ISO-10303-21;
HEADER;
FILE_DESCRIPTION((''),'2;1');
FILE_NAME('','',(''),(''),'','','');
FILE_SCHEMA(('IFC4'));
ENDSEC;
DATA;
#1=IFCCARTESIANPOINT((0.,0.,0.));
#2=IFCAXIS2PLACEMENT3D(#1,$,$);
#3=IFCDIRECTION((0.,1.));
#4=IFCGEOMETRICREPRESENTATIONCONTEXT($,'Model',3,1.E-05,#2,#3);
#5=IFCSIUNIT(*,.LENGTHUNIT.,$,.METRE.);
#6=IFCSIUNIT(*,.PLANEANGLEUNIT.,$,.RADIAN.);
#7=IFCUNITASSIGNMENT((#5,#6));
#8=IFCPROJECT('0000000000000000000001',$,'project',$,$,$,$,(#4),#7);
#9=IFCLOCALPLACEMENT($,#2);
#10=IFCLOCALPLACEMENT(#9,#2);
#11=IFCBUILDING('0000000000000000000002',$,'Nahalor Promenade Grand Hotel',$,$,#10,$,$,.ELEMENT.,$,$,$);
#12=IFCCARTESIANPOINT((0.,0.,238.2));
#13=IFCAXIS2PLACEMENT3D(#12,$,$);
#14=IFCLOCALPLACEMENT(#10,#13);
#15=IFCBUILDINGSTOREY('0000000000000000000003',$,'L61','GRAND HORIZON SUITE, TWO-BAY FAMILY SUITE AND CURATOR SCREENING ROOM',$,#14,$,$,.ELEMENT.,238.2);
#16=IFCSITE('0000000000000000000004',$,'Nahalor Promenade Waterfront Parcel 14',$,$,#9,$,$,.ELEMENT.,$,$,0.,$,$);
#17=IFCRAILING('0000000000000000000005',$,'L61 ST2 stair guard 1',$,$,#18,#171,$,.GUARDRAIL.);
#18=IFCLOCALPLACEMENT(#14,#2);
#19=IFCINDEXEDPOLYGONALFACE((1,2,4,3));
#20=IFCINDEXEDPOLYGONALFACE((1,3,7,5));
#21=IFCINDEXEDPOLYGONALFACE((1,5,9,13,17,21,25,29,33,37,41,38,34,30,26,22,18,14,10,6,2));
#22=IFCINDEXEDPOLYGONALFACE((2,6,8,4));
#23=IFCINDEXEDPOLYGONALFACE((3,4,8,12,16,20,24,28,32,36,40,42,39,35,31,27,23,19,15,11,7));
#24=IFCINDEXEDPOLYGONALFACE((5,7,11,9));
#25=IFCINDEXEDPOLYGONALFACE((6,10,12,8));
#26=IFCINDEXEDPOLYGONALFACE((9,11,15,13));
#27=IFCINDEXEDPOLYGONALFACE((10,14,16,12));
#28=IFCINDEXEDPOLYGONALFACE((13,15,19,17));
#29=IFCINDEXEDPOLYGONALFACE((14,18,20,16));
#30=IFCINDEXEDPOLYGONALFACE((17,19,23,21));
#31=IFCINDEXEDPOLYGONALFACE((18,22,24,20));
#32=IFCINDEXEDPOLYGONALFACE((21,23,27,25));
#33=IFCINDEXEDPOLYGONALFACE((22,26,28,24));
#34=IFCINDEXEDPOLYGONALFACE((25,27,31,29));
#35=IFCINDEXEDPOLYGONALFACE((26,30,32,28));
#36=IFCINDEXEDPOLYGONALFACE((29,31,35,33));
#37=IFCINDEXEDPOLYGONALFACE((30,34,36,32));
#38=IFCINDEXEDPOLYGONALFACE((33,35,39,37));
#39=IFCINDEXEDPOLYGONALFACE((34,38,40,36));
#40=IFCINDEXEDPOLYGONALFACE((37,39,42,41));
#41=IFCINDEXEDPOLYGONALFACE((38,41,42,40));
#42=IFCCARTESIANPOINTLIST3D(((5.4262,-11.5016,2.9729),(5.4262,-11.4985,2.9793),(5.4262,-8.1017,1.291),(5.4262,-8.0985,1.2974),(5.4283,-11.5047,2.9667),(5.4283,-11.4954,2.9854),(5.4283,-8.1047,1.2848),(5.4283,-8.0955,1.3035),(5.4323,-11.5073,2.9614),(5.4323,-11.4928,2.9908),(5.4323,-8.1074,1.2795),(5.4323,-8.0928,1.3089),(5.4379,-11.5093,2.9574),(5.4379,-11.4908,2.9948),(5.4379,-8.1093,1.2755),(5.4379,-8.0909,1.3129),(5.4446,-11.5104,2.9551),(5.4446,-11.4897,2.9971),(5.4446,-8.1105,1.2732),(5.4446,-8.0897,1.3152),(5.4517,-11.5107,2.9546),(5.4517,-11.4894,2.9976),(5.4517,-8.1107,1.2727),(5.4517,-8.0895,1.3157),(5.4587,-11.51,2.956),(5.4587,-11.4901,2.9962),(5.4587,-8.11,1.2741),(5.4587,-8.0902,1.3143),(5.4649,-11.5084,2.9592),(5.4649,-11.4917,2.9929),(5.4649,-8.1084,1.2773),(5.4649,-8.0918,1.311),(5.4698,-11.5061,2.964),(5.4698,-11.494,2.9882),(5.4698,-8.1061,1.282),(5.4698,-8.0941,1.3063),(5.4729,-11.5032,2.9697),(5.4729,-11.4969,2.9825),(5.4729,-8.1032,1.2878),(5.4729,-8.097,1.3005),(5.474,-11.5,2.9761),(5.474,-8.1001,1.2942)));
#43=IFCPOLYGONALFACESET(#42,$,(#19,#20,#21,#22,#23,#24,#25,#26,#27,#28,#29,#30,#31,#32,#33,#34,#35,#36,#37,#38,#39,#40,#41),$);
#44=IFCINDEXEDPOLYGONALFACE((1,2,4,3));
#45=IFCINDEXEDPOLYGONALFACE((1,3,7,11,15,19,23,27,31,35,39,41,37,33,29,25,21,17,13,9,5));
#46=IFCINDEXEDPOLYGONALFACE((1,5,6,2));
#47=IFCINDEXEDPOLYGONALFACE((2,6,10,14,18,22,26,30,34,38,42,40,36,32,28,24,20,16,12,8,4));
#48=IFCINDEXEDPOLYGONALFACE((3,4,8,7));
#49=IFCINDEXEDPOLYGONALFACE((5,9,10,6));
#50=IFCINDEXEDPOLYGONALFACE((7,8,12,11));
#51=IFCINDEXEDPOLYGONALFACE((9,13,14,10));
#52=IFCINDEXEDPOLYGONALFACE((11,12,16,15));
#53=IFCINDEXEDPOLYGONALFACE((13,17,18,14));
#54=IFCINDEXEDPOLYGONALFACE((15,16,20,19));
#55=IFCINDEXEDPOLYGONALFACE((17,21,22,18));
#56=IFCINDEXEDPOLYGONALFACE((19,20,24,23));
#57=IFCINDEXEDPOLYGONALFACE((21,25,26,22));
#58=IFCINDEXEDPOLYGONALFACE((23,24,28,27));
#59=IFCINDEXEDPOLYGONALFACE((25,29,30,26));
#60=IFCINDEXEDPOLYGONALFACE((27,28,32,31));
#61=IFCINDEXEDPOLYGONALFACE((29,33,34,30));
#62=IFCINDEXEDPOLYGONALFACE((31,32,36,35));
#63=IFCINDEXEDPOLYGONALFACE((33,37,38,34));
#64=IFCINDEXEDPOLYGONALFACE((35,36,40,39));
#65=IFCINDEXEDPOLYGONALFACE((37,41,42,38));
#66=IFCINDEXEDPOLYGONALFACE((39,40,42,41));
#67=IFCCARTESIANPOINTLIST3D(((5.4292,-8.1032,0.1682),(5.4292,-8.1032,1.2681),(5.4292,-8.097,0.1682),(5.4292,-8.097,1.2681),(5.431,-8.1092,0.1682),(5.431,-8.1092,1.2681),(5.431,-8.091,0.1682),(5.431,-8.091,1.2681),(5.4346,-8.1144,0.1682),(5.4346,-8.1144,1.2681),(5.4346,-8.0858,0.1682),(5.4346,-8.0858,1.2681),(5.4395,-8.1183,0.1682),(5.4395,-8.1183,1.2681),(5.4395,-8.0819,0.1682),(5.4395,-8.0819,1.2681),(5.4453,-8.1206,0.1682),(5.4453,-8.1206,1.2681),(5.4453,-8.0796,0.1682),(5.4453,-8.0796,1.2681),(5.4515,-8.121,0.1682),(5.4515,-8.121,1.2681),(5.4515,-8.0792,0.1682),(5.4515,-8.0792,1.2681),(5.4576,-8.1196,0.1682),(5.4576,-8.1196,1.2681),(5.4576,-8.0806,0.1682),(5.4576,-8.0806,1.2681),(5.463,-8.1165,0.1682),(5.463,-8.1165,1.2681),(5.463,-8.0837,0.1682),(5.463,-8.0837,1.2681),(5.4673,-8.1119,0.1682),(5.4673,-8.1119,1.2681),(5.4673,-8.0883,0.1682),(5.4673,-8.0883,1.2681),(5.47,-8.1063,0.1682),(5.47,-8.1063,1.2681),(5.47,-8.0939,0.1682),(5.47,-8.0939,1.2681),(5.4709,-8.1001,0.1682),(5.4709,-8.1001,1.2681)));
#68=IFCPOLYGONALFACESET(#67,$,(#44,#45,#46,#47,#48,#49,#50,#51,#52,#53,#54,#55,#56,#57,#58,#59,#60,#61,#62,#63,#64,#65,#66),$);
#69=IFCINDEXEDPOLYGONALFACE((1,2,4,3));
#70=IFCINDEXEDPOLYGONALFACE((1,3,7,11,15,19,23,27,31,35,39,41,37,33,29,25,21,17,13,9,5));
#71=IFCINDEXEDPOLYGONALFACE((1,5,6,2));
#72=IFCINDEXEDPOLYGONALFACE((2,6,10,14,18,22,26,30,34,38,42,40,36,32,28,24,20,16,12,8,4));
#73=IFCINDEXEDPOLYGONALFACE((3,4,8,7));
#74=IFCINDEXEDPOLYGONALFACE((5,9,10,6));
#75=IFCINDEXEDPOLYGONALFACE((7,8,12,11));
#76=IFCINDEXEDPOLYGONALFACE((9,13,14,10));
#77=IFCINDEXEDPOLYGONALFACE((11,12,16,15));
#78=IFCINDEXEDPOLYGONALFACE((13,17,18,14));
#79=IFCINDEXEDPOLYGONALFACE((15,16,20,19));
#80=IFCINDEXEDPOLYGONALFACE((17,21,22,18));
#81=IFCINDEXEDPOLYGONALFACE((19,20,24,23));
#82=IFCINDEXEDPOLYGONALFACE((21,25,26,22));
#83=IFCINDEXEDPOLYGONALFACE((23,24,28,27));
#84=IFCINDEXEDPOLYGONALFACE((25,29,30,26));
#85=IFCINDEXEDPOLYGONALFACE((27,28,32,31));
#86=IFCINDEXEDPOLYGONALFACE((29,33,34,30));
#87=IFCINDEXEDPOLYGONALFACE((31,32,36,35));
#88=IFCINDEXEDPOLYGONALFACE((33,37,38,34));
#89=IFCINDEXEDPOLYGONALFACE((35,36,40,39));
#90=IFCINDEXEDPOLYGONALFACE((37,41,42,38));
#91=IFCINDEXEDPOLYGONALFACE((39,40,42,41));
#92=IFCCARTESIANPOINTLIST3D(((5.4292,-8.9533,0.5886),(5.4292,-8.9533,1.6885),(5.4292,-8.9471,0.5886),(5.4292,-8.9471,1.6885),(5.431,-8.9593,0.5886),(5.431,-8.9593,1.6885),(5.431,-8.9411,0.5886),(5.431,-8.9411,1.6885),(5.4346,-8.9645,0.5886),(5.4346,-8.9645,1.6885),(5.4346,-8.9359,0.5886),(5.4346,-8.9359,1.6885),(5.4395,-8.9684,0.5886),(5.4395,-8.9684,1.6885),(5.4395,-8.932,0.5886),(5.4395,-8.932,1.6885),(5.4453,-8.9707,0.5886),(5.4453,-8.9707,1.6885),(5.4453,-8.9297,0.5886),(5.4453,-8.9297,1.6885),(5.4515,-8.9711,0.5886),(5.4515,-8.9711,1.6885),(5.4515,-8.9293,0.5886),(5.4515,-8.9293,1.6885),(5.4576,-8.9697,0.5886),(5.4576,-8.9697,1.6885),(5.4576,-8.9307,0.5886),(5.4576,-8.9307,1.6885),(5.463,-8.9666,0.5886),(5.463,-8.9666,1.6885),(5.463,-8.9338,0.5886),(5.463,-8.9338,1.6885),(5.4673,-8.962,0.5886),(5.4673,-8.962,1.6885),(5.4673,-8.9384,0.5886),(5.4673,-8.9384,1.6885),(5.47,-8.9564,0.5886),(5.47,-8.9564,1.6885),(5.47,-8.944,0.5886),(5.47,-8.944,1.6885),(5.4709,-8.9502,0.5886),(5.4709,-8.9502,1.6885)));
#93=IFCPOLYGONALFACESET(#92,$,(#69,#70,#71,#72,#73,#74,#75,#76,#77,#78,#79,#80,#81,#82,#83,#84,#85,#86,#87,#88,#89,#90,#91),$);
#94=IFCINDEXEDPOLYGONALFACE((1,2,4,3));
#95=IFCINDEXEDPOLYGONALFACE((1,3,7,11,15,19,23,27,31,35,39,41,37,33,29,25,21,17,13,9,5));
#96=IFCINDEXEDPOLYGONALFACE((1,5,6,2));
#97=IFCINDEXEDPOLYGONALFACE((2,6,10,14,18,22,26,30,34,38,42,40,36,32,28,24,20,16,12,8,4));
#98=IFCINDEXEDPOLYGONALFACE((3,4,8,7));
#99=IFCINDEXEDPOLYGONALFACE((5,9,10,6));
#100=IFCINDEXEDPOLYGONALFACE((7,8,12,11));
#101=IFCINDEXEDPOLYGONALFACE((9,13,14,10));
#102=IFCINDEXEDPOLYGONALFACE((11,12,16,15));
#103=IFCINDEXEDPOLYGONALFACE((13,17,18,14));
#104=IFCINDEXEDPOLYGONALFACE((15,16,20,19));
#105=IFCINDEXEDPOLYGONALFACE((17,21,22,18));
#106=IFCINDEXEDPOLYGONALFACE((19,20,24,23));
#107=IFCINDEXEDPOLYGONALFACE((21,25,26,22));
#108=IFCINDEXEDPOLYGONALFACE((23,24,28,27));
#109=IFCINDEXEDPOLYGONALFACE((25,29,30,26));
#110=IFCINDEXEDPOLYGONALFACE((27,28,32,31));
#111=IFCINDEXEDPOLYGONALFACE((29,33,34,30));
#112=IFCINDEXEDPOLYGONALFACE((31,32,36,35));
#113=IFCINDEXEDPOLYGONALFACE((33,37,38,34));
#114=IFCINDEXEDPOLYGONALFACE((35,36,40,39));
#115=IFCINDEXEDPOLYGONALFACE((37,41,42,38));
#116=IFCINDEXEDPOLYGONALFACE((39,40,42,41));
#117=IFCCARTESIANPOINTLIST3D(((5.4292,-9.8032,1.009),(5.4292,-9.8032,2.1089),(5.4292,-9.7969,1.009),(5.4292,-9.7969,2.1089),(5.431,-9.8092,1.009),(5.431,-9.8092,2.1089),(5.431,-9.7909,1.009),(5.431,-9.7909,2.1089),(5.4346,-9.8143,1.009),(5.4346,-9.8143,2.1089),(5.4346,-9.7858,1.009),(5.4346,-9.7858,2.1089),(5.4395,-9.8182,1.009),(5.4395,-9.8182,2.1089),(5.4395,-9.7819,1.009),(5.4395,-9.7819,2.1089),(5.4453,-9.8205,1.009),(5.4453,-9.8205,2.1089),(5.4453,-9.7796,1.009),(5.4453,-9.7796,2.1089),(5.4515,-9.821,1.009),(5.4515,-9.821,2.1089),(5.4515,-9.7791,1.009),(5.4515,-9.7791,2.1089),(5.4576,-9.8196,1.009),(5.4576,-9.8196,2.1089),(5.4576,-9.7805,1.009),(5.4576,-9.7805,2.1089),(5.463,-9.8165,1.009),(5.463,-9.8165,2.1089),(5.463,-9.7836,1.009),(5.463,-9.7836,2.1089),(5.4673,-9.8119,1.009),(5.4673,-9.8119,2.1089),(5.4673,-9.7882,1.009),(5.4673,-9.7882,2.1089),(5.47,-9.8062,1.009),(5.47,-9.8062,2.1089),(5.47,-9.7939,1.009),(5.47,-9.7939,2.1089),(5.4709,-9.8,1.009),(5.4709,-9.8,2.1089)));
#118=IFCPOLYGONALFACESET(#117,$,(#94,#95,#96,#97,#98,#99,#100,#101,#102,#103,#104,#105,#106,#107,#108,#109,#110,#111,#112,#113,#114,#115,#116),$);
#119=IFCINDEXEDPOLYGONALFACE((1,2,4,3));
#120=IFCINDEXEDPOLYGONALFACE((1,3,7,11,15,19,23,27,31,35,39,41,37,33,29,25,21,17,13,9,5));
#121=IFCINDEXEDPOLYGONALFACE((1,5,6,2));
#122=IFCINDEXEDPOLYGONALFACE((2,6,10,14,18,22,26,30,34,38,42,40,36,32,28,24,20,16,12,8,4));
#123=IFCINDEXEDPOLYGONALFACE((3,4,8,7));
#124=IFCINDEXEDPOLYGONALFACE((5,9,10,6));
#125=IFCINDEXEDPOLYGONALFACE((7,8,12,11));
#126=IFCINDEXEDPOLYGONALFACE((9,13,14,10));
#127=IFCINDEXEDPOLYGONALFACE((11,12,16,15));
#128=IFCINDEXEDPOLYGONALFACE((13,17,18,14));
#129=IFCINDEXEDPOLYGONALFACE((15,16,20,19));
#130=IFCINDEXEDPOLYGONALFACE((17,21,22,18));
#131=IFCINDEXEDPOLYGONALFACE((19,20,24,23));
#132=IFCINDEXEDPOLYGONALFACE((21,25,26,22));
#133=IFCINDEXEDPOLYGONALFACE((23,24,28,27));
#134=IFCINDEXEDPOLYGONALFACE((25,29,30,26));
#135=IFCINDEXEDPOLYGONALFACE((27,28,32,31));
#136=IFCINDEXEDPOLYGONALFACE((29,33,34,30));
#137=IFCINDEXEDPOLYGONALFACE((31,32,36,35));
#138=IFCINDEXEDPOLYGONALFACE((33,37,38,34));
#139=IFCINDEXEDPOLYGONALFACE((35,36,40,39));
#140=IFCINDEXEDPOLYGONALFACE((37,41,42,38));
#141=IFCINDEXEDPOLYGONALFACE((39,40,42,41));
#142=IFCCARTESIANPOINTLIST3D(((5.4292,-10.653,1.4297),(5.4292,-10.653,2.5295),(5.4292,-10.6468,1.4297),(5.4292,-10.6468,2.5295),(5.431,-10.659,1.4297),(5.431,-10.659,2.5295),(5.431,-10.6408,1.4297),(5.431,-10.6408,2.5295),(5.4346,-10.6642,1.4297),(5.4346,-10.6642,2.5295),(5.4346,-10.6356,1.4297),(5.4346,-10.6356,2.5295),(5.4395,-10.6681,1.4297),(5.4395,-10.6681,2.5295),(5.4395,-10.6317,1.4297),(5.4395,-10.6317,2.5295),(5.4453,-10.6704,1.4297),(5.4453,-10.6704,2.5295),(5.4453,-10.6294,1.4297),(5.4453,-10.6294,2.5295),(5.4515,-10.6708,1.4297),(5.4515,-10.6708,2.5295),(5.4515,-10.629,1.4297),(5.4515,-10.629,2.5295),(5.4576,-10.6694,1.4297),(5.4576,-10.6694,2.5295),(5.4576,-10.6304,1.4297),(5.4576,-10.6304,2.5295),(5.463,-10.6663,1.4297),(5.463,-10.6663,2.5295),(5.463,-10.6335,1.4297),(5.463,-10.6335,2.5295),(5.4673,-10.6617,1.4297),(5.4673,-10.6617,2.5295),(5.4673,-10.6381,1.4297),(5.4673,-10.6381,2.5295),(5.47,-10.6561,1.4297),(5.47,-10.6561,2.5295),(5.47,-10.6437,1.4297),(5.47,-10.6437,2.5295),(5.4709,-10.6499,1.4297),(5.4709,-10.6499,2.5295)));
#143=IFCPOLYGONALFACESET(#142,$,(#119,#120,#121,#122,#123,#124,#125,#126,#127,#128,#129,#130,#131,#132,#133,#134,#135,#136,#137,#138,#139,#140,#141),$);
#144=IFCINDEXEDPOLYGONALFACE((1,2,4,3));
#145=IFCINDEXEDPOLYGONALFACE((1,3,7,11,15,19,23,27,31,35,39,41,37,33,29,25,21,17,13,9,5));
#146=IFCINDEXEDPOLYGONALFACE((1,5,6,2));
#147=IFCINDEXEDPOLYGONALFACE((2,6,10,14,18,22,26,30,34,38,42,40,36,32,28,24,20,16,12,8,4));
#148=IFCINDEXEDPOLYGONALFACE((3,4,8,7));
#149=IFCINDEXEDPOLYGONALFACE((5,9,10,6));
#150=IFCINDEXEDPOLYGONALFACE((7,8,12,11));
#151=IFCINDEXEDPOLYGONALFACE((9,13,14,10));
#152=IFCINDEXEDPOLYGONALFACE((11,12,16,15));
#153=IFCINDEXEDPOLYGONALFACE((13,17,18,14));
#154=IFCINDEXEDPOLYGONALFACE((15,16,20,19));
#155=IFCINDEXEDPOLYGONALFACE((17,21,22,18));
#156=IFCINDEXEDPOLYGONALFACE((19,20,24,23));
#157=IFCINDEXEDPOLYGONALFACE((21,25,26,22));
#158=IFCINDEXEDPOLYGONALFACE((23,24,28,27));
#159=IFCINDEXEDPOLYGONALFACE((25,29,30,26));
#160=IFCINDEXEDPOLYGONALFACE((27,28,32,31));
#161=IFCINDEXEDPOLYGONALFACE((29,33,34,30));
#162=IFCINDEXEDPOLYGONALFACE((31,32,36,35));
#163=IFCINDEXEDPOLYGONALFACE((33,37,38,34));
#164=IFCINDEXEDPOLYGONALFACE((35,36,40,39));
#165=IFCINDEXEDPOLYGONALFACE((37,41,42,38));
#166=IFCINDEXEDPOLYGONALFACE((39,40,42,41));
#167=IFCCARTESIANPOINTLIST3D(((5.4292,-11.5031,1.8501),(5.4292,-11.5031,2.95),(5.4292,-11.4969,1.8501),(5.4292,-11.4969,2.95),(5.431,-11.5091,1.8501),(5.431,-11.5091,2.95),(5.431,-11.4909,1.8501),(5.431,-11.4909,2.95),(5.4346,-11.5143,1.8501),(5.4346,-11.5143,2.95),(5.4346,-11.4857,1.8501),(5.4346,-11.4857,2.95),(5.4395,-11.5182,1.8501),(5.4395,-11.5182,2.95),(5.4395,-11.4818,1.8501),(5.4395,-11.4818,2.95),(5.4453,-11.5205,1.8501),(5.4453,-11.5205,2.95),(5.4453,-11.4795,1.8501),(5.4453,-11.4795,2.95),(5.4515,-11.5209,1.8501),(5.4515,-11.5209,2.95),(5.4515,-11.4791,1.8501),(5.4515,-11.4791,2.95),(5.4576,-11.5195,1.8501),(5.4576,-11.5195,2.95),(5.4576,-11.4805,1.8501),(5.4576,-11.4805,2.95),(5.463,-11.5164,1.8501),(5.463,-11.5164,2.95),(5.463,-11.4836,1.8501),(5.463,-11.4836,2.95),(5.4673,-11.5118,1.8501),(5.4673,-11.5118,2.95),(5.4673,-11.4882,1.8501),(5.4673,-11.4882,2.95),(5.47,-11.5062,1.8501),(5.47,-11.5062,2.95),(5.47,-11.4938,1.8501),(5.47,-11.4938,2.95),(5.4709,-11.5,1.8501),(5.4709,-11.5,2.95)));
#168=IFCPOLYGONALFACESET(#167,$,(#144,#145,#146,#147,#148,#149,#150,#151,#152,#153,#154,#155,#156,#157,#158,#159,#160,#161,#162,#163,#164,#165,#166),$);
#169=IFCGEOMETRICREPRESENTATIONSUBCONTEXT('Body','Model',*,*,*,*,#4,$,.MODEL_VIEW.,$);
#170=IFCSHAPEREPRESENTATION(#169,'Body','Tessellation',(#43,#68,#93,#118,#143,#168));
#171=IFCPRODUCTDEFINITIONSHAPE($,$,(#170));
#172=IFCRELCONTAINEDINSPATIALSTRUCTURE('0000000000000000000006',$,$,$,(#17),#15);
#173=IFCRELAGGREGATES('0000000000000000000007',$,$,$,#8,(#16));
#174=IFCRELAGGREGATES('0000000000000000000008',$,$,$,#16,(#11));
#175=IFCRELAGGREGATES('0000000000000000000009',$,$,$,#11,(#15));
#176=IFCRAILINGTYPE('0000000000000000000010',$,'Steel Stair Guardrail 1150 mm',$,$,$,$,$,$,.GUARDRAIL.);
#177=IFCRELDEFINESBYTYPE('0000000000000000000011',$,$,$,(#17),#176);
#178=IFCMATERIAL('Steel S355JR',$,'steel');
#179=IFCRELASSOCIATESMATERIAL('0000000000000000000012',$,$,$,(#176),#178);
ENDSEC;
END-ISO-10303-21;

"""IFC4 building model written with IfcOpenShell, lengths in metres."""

from ifc_helpers import new_model, si_unit, direction, frame, origin, origin_2d, place, context, subcontext, project, spatial, circle, extrude, material, type_object, element, save


model = new_model("IFC4")

# Units and contexts
model_context = context("Model", 3, precision=1e-05, world=origin(), true_north=direction((0.0, 1.0)))
body_context = subcontext(model_context, "Body", "Model", "MODEL_VIEW")
ifc_project = project(units=[si_unit("LENGTHUNIT", "METRE"), si_unit("PLANEANGLEUNIT", "RADIAN")], contexts=[model_context])

# Site, building, storey
site_placement = place(None, origin())
site = spatial("IfcSite", under=ifc_project, at=site_placement, Name="Nahalor Promenade Waterfront Parcel 14", CompositionType="ELEMENT", RefElevation=0.0)
building_placement = place(site_placement, origin())
building = spatial("IfcBuilding", under=site, at=building_placement, Name="Nahalor Promenade Grand Hotel", CompositionType="ELEMENT")
storey_placement = place(building_placement, frame((0.0, 0.0, 238.2)))
storey = spatial("IfcBuildingStorey", under=building, at=storey_placement, Name="L61", Description="GRAND HORIZON SUITE, TWO-BAY FAMILY SUITE AND CURATOR SCREENING ROOM", CompositionType="ELEMENT", Elevation=238.2)

# Shared definitions
ifc_material_1 = material(Name="Steel S355JR", Category="steel")

# Railing
railing_type_1 = type_object("IfcRailingType", Name="Steel Stair Guardrail 1150 mm", PredefinedType="GUARDRAIL", material=ifc_material_1)
railing_1_placement = place(storey_placement, frame((5.45, -8.1001, 0.1682)))
element("IfcRailing", 1, at=railing_1_placement, inside=storey, type_object=railing_type_1, Name="L61 ST2 stair guard 1", PredefinedType="GUARDRAIL", context=body_context, shape_type="SweptSolid", body=[
    extrude(circle(Radius=0.024, at=origin_2d()), frame((0.0, 0.0, 1.126), z_axis=(0.0, -0.896324, 0.443399), x_axis=(1.0, 0.0, 0.0)), (0.0, 0.0, 1.0), 3.7932),
    extrude(circle(Radius=0.021, at=origin_2d()), origin(), (0.0, 0.0, 1.0), 1.0999),
    extrude(circle(Radius=0.021, at=origin_2d()), frame((0.0, -0.8501, 0.4204)), (0.0, 0.0, 1.0), 1.0999),
    extrude(circle(Radius=0.021, at=origin_2d()), frame((0.0, -1.7, 0.8408)), (0.0, 0.0, 1.0), 1.0999),
    extrude(circle(Radius=0.021, at=origin_2d()), frame((0.0, -2.5498, 1.2615)), (0.0, 0.0, 1.0), 1.0999),
    extrude(circle(Radius=0.021, at=origin_2d()), frame((0.0, -3.3999, 1.6819)), (0.0, 0.0, 1.0), 1.0999),
])

save(model, "model.ifc")
